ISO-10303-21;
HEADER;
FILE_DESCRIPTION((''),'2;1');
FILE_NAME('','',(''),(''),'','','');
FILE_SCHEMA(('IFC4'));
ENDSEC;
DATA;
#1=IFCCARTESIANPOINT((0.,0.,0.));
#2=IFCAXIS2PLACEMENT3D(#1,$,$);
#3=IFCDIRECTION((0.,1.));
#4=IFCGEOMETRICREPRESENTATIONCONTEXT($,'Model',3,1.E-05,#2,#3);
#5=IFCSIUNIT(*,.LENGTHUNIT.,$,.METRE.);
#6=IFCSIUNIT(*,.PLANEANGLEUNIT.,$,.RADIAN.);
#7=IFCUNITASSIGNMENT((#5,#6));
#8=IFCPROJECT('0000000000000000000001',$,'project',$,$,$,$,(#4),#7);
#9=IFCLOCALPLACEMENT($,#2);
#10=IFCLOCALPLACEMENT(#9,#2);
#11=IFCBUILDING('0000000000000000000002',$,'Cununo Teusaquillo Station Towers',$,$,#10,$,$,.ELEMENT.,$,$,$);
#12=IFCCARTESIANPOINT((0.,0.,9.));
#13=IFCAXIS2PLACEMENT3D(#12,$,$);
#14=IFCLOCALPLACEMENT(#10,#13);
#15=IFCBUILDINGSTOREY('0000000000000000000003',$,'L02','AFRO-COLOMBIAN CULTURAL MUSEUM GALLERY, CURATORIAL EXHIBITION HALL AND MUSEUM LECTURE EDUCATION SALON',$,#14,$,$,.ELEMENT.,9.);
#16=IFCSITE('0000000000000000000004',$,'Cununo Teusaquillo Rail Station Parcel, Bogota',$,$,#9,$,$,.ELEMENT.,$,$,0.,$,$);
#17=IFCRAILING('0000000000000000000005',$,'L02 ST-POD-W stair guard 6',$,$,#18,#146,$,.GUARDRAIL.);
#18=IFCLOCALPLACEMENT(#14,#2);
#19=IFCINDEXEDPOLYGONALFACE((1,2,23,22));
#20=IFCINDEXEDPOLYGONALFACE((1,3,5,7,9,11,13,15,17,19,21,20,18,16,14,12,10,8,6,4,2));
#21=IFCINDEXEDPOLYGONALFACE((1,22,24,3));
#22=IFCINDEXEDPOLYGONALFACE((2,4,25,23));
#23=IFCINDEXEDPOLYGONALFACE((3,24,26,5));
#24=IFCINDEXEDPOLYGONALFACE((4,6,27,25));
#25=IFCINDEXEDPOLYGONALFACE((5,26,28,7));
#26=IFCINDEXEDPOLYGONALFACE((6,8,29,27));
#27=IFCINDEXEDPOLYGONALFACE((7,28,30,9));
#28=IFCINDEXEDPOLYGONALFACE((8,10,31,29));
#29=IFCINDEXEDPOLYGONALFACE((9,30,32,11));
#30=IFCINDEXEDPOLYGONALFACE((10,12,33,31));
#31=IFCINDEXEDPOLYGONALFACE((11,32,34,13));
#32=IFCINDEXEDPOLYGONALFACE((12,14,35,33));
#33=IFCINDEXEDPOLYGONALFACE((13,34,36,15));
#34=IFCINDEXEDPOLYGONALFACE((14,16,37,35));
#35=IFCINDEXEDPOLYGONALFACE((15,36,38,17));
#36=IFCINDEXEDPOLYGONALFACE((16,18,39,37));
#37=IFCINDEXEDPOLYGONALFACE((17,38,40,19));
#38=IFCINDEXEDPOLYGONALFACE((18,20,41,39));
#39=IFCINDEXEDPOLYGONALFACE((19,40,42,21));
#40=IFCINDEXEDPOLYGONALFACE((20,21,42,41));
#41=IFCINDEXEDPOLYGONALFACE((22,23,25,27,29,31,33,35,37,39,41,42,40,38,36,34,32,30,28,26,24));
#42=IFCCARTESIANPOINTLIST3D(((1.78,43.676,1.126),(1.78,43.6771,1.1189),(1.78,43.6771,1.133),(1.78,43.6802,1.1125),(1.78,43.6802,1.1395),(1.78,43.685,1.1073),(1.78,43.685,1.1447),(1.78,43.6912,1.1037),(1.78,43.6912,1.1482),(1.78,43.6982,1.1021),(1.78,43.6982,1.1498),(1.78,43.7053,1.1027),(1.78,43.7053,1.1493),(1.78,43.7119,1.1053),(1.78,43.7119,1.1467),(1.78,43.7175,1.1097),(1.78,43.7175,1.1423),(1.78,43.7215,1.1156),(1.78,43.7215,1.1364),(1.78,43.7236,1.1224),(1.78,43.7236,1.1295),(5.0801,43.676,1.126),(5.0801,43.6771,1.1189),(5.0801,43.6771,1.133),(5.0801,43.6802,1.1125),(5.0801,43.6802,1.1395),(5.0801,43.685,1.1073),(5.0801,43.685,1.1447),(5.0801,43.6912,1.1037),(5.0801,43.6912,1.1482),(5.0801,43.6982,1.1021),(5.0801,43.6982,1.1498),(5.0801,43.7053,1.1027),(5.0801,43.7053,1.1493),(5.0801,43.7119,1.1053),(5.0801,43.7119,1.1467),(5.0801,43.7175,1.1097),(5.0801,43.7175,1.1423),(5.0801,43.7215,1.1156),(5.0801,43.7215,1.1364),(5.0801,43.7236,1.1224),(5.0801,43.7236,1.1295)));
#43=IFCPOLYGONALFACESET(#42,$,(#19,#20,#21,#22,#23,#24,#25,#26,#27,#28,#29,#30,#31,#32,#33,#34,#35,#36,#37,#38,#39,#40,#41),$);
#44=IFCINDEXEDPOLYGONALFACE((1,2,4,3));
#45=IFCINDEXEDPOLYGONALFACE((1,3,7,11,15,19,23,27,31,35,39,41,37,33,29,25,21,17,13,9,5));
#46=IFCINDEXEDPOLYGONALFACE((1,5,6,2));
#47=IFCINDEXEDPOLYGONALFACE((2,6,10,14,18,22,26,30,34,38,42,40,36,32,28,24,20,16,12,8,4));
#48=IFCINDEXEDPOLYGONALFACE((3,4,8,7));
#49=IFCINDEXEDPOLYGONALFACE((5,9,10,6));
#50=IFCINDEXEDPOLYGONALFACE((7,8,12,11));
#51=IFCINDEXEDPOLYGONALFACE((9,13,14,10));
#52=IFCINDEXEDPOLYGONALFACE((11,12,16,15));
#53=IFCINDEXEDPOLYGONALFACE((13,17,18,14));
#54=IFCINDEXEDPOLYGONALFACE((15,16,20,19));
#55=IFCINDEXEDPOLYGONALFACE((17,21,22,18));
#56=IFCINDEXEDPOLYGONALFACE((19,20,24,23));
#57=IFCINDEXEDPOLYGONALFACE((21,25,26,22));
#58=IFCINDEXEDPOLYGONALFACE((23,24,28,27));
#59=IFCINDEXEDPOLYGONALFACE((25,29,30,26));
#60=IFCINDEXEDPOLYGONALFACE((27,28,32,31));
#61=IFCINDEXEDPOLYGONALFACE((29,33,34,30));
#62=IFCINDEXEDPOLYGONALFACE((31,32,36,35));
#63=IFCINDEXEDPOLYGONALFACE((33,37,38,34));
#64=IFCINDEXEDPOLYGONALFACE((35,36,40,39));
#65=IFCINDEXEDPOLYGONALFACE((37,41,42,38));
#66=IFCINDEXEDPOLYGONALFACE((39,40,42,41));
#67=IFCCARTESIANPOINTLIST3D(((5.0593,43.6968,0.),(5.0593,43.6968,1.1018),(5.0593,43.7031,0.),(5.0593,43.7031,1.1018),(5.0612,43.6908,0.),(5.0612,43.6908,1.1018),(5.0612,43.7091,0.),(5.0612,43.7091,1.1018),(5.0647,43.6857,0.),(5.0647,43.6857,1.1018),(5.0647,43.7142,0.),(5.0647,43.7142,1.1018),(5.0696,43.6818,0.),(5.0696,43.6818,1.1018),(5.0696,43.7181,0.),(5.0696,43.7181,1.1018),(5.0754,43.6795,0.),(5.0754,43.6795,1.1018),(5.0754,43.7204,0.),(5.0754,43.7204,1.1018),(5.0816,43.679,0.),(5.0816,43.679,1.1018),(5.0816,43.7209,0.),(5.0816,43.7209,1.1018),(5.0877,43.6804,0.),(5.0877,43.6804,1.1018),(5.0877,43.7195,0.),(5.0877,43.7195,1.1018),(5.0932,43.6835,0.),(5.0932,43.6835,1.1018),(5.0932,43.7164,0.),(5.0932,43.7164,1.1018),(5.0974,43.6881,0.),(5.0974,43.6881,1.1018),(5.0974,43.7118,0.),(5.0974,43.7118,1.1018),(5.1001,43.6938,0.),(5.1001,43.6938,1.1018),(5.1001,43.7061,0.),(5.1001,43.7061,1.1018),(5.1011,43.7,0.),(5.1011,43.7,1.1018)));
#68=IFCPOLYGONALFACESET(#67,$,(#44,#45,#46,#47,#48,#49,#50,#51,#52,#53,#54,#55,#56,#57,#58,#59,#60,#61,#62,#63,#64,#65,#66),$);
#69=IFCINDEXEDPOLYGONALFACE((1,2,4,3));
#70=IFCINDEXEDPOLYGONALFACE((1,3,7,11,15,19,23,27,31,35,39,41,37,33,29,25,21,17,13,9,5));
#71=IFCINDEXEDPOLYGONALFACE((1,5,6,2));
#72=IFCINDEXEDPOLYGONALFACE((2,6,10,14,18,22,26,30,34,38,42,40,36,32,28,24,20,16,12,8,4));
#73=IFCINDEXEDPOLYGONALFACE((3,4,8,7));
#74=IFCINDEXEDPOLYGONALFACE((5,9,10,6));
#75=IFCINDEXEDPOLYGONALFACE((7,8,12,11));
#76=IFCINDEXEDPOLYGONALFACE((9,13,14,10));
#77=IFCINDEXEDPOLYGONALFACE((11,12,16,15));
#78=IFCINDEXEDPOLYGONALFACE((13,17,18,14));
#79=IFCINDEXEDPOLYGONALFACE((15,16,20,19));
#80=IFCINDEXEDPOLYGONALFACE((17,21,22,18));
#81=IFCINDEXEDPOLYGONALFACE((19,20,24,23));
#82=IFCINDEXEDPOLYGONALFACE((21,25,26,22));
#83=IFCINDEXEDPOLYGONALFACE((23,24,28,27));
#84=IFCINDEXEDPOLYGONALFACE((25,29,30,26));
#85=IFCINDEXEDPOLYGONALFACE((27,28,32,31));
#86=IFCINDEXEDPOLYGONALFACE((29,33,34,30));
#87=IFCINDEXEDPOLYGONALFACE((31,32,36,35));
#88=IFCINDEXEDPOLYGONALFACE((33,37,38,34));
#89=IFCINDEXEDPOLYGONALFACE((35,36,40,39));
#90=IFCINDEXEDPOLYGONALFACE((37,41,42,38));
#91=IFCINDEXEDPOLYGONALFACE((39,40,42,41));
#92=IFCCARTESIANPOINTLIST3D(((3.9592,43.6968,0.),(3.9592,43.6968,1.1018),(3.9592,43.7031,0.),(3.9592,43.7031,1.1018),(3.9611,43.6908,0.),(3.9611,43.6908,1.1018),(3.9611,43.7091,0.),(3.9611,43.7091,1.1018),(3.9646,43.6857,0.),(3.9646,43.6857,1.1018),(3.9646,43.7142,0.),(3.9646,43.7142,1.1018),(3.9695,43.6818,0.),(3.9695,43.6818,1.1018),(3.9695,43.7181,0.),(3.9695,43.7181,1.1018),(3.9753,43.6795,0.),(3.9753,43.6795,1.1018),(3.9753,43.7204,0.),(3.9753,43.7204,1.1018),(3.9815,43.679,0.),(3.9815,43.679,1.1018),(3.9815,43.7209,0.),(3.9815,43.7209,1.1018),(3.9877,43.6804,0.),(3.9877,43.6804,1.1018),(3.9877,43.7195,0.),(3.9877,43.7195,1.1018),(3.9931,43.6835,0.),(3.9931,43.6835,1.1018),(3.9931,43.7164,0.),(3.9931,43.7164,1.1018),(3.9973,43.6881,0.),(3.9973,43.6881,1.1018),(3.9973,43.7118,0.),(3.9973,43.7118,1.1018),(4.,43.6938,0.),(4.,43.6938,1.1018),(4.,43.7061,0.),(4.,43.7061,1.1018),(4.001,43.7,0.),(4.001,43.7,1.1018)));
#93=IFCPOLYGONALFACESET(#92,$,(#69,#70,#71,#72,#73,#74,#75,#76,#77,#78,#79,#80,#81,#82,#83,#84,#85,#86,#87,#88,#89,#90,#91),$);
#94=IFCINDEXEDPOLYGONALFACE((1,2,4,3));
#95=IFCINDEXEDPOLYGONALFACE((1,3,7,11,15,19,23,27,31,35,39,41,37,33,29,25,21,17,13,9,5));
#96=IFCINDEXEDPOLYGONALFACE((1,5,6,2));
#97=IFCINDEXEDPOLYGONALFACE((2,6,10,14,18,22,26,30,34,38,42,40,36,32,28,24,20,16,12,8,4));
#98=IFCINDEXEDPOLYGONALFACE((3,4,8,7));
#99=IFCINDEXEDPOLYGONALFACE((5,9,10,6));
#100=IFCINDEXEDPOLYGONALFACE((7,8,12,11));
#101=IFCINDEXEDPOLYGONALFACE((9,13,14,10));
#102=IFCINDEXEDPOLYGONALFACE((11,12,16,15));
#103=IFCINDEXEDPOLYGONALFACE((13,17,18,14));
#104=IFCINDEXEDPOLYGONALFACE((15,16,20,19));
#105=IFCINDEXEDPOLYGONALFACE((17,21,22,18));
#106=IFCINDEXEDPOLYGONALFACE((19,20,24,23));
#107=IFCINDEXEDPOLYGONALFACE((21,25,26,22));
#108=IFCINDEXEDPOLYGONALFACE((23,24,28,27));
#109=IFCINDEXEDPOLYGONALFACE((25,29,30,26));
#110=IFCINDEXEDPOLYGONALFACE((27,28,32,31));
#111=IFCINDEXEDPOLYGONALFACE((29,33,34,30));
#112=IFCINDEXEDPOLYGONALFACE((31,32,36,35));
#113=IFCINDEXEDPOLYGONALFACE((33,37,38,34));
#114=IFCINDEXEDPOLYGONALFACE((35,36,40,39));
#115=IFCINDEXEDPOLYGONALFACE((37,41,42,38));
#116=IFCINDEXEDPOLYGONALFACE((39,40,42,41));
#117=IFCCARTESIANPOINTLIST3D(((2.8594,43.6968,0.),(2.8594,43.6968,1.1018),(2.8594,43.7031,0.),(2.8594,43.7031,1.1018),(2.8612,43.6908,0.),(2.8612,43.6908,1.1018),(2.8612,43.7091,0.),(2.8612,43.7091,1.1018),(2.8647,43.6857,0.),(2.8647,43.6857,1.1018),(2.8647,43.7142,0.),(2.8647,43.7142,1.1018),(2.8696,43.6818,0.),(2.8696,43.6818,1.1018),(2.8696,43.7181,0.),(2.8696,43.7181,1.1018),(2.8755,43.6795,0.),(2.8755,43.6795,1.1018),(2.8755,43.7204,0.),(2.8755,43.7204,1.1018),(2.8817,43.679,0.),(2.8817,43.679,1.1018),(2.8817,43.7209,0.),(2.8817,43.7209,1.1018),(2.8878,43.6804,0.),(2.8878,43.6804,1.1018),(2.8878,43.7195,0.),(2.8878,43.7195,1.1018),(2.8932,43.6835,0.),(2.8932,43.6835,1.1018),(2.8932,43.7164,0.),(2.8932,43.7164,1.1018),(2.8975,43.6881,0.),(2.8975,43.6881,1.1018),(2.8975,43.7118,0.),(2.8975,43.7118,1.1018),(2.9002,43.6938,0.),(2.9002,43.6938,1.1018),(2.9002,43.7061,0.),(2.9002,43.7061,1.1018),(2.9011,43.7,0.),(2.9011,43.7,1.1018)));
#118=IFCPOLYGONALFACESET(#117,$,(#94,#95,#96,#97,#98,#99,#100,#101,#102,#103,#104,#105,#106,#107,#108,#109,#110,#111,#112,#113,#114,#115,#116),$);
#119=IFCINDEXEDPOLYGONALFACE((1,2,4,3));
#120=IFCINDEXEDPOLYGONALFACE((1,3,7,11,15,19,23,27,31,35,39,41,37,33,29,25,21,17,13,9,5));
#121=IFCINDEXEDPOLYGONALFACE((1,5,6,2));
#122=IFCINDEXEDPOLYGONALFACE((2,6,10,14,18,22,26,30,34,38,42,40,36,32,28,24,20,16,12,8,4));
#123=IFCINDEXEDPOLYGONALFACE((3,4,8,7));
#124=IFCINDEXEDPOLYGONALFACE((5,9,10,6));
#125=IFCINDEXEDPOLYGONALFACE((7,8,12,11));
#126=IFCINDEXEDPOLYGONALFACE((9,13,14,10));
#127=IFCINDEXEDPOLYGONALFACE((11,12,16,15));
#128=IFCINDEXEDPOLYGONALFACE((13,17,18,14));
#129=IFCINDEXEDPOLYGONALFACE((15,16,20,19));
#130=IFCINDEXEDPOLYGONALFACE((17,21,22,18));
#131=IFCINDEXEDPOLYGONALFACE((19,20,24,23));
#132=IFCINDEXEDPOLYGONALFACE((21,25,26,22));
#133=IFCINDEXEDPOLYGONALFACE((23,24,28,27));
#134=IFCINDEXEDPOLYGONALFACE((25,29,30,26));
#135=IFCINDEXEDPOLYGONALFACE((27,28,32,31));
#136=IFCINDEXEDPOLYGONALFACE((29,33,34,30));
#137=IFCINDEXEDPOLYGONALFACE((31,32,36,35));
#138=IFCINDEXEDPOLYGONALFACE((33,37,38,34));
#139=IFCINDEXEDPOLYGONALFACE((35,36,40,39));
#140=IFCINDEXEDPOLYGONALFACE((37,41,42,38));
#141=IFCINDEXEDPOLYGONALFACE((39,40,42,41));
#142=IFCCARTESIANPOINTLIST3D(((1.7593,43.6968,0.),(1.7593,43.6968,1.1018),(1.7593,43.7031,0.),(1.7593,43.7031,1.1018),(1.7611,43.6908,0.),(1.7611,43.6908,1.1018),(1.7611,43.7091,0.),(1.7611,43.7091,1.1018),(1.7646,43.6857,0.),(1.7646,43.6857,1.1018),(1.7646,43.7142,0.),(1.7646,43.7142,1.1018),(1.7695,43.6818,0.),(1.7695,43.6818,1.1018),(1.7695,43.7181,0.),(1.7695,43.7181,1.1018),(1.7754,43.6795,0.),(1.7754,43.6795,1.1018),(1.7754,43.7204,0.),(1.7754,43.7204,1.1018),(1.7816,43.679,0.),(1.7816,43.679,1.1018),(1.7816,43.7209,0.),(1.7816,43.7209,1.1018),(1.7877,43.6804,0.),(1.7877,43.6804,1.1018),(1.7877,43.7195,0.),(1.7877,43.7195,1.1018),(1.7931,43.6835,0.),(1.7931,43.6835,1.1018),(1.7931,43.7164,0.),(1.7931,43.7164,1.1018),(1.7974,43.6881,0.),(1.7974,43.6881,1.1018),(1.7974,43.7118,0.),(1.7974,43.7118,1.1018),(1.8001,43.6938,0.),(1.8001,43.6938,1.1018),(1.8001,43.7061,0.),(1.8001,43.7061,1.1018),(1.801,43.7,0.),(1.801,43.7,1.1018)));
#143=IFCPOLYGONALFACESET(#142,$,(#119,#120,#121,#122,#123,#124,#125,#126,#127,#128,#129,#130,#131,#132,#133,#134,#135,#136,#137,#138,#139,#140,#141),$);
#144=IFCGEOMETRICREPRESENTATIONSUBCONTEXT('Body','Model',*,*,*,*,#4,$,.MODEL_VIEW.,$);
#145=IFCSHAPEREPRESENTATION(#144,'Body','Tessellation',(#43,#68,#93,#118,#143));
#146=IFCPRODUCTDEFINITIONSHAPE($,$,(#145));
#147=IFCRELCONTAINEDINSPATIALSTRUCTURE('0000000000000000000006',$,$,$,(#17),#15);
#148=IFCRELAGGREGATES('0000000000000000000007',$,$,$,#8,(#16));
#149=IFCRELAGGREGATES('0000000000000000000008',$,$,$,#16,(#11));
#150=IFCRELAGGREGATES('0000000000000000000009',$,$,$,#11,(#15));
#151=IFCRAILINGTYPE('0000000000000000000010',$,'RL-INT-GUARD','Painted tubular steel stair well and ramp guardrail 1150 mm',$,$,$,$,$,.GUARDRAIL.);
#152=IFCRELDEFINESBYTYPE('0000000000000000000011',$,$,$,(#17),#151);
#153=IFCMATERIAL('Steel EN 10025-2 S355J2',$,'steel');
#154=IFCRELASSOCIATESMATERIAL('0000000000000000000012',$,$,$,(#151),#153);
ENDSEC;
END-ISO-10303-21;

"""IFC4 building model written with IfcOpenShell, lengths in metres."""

from ifc_helpers import new_model, si_unit, direction, frame, origin, origin_2d, place, context, subcontext, project, spatial, circle, extrude, material, type_object, element, save


model = new_model("IFC4")

# Units and contexts
model_context = context("Model", 3, precision=1e-05, world=origin(), true_north=direction((0.0, 1.0)))
body_context = subcontext(model_context, "Body", "Model", "MODEL_VIEW")
ifc_project = project(units=[si_unit("LENGTHUNIT", "METRE"), si_unit("PLANEANGLEUNIT", "RADIAN")], contexts=[model_context])

# Site, building, storey
site_placement = place(None, origin())
site = spatial("IfcSite", under=ifc_project, at=site_placement, Name="Cununo Teusaquillo Rail Station Parcel, Bogota", CompositionType="ELEMENT", RefElevation=0.0)
building_placement = place(site_placement, origin())
building = spatial("IfcBuilding", under=site, at=building_placement, Name="Cununo Teusaquillo Station Towers", CompositionType="ELEMENT")
storey_placement = place(building_placement, frame((0.0, 0.0, 9.0)))
storey = spatial("IfcBuildingStorey", under=building, at=storey_placement, Name="L02", Description="AFRO-COLOMBIAN CULTURAL MUSEUM GALLERY, CURATORIAL EXHIBITION HALL AND MUSEUM LECTURE EDUCATION SALON", CompositionType="ELEMENT", Elevation=9.0)

# Railing
ifc_material_1 = material(Name="Steel EN 10025-2 S355J2", Category="steel")
railing_type_1 = type_object("IfcRailingType", Name="RL-INT-GUARD", Description="Painted tubular steel stair well and ramp guardrail 1150 mm", PredefinedType="GUARDRAIL", material=ifc_material_1)
railing_1_placement = place(storey_placement, frame((5.0801, 43.7, 0.0)))
element("IfcRailing", 1, at=railing_1_placement, inside=storey, type_object=railing_type_1, Name="L02 ST-POD-W stair guard 6", PredefinedType="GUARDRAIL", context=body_context, shape_type="SweptSolid", body=[
    extrude(circle(Radius=0.0239, at=origin_2d()), frame((0.0, 0.0, 1.126), z_axis=(-1.0, 0.0, 0.0), x_axis=(0.0, -1.0, 0.0)), (0.0, 0.0, 1.0), 3.3),
    extrude(circle(Radius=0.021, at=origin_2d()), origin(), (0.0, 0.0, 1.0), 1.1018),
    extrude(circle(Radius=0.021, at=origin_2d()), frame((-1.1001, 0.0, 0.0)), (0.0, 0.0, 1.0), 1.1018),
    extrude(circle(Radius=0.021, at=origin_2d()), frame((-2.2, 0.0, 0.0)), (0.0, 0.0, 1.0), 1.1018),
    extrude(circle(Radius=0.021, at=origin_2d()), frame((-3.3, 0.0, 0.0)), (0.0, 0.0, 1.0), 1.1018),
])

save(model, "model.ifc")
